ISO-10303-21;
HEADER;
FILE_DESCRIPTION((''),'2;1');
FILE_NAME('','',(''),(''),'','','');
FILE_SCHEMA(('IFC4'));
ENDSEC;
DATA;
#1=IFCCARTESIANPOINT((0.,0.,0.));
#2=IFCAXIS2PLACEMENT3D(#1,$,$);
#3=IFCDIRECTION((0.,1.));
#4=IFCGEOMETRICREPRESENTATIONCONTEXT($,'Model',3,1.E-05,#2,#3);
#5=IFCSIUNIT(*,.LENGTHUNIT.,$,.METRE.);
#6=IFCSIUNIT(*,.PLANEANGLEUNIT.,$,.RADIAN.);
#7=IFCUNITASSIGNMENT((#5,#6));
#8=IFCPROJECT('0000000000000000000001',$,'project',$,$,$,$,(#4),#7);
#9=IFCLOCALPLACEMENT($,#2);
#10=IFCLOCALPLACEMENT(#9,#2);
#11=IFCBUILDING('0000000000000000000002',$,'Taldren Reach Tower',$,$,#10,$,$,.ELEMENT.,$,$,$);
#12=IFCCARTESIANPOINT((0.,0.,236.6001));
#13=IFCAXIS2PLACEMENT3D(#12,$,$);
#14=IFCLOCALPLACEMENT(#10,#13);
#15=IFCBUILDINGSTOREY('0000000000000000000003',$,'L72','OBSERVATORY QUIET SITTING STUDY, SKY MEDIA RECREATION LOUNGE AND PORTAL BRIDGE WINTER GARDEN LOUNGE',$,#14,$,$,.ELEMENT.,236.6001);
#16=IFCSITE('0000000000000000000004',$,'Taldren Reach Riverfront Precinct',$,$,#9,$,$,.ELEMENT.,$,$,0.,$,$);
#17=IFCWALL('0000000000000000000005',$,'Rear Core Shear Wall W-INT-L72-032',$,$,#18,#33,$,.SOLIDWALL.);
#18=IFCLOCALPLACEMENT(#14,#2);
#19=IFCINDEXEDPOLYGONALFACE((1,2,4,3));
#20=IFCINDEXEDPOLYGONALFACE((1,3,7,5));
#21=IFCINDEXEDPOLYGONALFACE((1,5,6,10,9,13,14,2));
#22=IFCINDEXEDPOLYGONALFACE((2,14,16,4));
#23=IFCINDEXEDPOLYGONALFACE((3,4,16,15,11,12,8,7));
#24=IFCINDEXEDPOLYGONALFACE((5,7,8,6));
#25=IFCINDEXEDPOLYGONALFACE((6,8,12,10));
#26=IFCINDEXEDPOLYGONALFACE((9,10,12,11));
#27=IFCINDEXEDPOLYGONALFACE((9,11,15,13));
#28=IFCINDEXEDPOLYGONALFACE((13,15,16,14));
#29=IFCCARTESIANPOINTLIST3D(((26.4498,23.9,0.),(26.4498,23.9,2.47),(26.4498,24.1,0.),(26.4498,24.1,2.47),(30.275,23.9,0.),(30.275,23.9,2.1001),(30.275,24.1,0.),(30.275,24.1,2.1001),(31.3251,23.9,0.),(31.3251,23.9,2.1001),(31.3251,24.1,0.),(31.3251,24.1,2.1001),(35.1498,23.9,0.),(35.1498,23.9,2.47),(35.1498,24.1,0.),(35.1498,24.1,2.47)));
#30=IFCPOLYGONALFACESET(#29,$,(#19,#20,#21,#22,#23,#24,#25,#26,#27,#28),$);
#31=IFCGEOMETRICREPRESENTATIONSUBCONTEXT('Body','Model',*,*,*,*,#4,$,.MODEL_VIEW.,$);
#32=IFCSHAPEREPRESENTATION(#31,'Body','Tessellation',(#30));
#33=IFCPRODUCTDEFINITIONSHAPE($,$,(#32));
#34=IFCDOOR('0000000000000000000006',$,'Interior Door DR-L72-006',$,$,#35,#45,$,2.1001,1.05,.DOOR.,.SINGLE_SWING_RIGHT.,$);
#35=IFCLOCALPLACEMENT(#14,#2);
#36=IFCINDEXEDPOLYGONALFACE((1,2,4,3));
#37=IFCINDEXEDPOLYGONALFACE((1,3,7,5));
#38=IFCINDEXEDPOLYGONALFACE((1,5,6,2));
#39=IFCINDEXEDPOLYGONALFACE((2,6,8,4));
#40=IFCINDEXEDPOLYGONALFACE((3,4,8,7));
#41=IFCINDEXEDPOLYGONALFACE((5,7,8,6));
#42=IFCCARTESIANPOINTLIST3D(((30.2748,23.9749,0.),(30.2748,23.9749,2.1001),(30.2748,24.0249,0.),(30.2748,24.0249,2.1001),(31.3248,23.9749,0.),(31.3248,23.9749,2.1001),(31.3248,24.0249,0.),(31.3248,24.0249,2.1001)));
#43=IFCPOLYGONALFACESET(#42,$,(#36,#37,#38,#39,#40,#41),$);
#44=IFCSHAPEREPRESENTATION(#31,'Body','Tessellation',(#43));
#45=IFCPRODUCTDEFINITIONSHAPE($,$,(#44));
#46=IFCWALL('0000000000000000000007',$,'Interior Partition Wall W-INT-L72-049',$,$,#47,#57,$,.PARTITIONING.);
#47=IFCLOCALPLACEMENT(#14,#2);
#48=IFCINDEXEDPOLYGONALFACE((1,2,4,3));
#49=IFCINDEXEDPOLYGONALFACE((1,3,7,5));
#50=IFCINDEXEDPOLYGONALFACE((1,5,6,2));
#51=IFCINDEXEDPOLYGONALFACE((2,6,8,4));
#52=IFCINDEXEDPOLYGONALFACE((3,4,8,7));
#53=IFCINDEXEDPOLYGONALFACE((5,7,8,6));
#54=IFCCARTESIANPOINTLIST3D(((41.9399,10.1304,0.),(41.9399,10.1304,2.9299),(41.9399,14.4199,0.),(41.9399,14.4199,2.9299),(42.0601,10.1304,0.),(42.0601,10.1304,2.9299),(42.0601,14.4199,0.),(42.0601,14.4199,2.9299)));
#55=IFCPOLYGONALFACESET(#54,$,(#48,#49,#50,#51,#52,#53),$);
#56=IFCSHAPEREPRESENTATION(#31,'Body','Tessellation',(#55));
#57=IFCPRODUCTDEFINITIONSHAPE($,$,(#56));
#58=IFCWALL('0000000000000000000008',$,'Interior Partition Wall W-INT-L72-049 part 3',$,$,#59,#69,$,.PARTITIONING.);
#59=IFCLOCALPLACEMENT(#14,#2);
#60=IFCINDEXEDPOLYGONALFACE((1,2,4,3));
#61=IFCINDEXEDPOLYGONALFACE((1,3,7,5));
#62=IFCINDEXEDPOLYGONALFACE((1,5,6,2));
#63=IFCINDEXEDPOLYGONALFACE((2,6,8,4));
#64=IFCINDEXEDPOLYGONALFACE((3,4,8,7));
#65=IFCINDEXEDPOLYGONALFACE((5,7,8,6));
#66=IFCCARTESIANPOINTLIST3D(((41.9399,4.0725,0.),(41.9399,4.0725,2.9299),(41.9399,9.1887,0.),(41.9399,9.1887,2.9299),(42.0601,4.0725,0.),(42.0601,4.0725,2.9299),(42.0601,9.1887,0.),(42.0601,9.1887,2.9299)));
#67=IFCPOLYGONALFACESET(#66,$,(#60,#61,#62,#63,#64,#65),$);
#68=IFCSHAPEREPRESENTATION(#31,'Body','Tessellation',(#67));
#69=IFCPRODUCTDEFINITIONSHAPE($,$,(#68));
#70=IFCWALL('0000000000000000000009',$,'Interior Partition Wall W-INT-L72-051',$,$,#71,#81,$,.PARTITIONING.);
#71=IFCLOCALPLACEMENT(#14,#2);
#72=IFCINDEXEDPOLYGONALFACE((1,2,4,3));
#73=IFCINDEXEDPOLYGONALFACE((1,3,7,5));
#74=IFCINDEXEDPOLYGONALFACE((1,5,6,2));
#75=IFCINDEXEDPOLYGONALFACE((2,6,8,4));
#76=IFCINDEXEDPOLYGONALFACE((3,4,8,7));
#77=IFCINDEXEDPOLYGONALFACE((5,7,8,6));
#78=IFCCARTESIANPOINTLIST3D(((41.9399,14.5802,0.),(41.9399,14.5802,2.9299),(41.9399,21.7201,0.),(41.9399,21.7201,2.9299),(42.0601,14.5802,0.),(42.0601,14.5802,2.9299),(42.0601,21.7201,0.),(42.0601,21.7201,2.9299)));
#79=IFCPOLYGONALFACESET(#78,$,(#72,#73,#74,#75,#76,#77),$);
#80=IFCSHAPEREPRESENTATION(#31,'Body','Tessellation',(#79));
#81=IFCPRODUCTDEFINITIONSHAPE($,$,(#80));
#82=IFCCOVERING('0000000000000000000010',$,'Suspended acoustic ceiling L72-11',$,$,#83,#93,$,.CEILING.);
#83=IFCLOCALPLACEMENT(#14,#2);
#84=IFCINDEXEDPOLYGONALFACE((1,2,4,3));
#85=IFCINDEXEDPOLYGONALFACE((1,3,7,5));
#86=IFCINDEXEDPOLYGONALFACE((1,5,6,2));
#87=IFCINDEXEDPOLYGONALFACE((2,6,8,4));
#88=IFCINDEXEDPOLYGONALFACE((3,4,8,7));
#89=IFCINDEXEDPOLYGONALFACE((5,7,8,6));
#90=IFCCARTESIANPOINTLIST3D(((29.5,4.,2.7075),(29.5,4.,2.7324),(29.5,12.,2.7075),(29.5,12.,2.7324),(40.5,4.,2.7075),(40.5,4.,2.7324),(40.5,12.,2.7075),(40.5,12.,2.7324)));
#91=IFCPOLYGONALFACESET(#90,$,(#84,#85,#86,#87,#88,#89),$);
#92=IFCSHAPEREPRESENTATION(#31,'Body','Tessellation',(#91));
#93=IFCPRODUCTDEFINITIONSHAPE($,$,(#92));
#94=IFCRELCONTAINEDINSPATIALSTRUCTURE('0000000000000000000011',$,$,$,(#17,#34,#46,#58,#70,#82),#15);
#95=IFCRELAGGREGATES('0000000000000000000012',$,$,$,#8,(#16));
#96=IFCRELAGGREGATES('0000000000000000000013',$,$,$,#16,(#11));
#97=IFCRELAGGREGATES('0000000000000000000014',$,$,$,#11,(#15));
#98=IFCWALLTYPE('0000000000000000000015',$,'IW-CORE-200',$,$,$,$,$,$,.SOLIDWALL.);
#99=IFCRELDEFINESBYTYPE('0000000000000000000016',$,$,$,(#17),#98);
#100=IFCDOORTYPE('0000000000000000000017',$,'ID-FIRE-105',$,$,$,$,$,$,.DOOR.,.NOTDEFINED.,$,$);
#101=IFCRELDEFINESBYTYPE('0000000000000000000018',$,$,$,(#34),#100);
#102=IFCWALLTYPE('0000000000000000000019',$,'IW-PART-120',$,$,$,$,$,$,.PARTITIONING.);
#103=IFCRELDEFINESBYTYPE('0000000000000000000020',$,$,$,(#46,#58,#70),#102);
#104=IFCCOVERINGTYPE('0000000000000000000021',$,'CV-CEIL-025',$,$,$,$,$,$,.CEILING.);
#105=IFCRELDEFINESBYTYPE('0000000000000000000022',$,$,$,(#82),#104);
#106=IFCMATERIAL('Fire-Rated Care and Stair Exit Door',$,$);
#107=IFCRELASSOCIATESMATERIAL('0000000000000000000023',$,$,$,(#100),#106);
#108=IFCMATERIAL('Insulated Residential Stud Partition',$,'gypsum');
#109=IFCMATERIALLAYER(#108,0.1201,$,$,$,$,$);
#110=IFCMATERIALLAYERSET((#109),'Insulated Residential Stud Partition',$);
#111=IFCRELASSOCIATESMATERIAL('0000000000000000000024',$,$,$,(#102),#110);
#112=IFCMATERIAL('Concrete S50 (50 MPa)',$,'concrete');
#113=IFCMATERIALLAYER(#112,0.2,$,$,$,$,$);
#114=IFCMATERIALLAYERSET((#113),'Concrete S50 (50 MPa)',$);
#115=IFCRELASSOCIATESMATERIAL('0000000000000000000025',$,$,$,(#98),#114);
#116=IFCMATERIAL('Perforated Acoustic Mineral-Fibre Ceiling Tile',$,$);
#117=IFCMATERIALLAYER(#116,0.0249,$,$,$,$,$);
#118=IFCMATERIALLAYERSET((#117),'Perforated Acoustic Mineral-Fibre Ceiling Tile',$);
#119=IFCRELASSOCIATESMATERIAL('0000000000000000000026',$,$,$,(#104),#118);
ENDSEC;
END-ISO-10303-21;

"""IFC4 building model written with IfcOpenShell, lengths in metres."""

from ifc_helpers import new_model, si_unit, direction, frame, frame_2d, origin, origin_2d, place, context, subcontext, project, spatial, rectangle, extrude, source, transform, mapped, material, layer, layer_set, type_object, element, fill, save


model = new_model("IFC4")

# Units and contexts
model_context = context("Model", 3, precision=1e-05, world=origin(), true_north=direction((0.0, 1.0)))
body_context = subcontext(model_context, "Body", "Model", "MODEL_VIEW")
ifc_project = project(units=[si_unit("LENGTHUNIT", "METRE"), si_unit("PLANEANGLEUNIT", "RADIAN")], contexts=[model_context])

# Site, building, storey
site_placement = place(None, origin())
site = spatial("IfcSite", under=ifc_project, at=site_placement, Name="Taldren Reach Riverfront Precinct", CompositionType="ELEMENT", RefElevation=0.0)
building_placement = place(site_placement, origin())
building = spatial("IfcBuilding", under=site, at=building_placement, Name="Taldren Reach Tower", CompositionType="ELEMENT")
storey_placement = place(building_placement, frame((0.0, 0.0, 236.6001)))
storey = spatial("IfcBuildingStorey", under=building, at=storey_placement, Name="L72", Description="OBSERVATORY QUIET SITTING STUDY, SKY MEDIA RECREATION LOUNGE AND PORTAL BRIDGE WINTER GARDEN LOUNGE", CompositionType="ELEMENT", Elevation=236.6001)

# Shared definitions
ifc_material_1 = material(Name="Fire-Rated Care and Stair Exit Door")
door_type_1 = type_object("IfcDoorType", Name="ID-FIRE-105", OperationType="NOTDEFINED", PredefinedType="DOOR", material=ifc_material_1)
shared_shape_1 = source(origin(), body_context, "Body", "SweptSolid", [
    extrude(rectangle(XDim=1.05, YDim=2.1001, at=frame_2d((0.5249, 1.05))), frame((0.0, 0.0249, 0.0), z_axis=(0.0, -1.0, 0.0), x_axis=(1.0, 0.0, 0.0)), (0.0, 0.0, 1.0), 0.05),
])

# Shared definitions
ifc_material_2 = material(Name="Insulated Residential Stud Partition", Category="gypsum")
ifc_layer_1 = layer(ifc_material_2, 0.1201)
ifc_layer_set_1 = layer_set([ifc_layer_1], Name="Insulated Residential Stud Partition")
wall_type_1 = type_object("IfcWallType", Name="IW-PART-120", PredefinedType="PARTITIONING", material=ifc_layer_set_1)

# Wall, opening, door
ifc_material_3 = material(Name="Concrete S50 (50 MPa)", Category="concrete")
ifc_layer_2 = layer(ifc_material_3, 0.2)
ifc_layer_set_2 = layer_set([ifc_layer_2], Name="Concrete S50 (50 MPa)")
wall_type_2 = type_object("IfcWallType", Name="IW-CORE-200", PredefinedType="SOLIDWALL", material=ifc_layer_set_2)
shared_shape_2 = source(origin(), body_context, "Body", "SweptSolid", [
    extrude(rectangle(XDim=8.7, YDim=0.2, at=frame_2d((4.3501, 0.0))), origin(), (0.0, 0.0, 1.0), 2.47),
])
wall_1_placement = place(storey_placement, frame((35.1499, 24.0, 0.0), z_axis=(0.0, 0.0, 1.0), x_axis=(-1.0, 0.0, 0.0)))
wall_1 = element("IfcWall", 1, at=wall_1_placement, inside=storey, type_object=wall_type_2, Name="Rear Core Shear Wall W-INT-L72-032", PredefinedType="SOLIDWALL", context=body_context, shape_type="MappedRepresentation", body=[
    mapped(shared_shape_2, transform((0.0, 0.0, 0.0), scale=1.0)),
])
shared_shape_3 = source(origin(), body_context, "Body", "SweptSolid", [
    extrude(rectangle(XDim=1.05, YDim=2.1001, at=frame_2d((0.5249, 1.05))), frame((0.0, 0.1099, 0.0), z_axis=(0.0, -1.0, 0.0), x_axis=(1.0, 0.0, 0.0)), (0.0, 0.0, 1.0), 0.22),
])
opening_1_placement = place(wall_1_placement, frame((3.825, 0.0, 0.0)))
opening_1 = element("IfcOpeningElement", 2, at=opening_1_placement, cuts=wall_1, PredefinedType="OPENING", context=body_context, shape_type="MappedRepresentation", body=[
    mapped(shared_shape_3, transform((0.0, 0.0, 0.0), scale=1.0)),
])
door_1_placement = place(opening_1_placement, frame((1.05, 0.0, 0.0), z_axis=(0.0, 0.0, 1.0), x_axis=(-1.0, 0.0, 0.0)))
door_1 = element("IfcDoor", 3, at=door_1_placement, inside=storey, type_object=door_type_1, Name="Interior Door DR-L72-006", OperationType="SINGLE_SWING_RIGHT", OverallHeight=2.1001, OverallWidth=1.05, PredefinedType="DOOR", context=body_context, shape_type="MappedRepresentation", body=[
    mapped(shared_shape_1, transform((0.0, 0.0, 0.0), scale=1.0)),
])
fill(opening_1, door_1)

# Walls
shared_shape_4 = source(origin(), body_context, "Body", "SweptSolid", [
    extrude(rectangle(XDim=4.2896, YDim=0.1201, at=frame_2d((2.1448, 0.0))), origin(), (0.0, 0.0, 1.0), 2.9299),
])
wall_2_placement = place(storey_placement, frame((42.0, 14.4199, 0.0), z_axis=(0.0, 0.0, 1.0), x_axis=(0.0, -1.0, 0.0)))
element("IfcWall", 4, at=wall_2_placement, inside=storey, type_object=wall_type_1, Name="Interior Partition Wall W-INT-L72-049", PredefinedType="PARTITIONING", context=body_context, shape_type="MappedRepresentation", body=[
    mapped(shared_shape_4, transform((0.0, 0.0, 0.0), scale=1.0)),
])
shared_shape_5 = source(origin(), body_context, "Body", "SweptSolid", [
    extrude(rectangle(XDim=5.1162, YDim=0.1201, at=frame_2d((2.5581, 0.0))), origin(), (0.0, 0.0, 1.0), 2.9299),
])
wall_3_placement = place(storey_placement, frame((42.0, 9.1887, 0.0), z_axis=(0.0, 0.0, 1.0), x_axis=(0.0, -1.0, 0.0)))
element("IfcWall", 5, at=wall_3_placement, inside=storey, type_object=wall_type_1, Name="Interior Partition Wall W-INT-L72-049 part 3", PredefinedType="PARTITIONING", context=body_context, shape_type="MappedRepresentation", body=[
    mapped(shared_shape_5, transform((0.0, 0.0, 0.0), scale=1.0)),
])
shared_shape_6 = source(origin(), body_context, "Body", "SweptSolid", [
    extrude(rectangle(XDim=7.1399, YDim=0.1201, at=frame_2d((3.5698, 0.0))), origin(), (0.0, 0.0, 1.0), 2.9299),
])
wall_4_placement = place(storey_placement, frame((42.0, 21.72, 0.0), z_axis=(0.0, 0.0, 1.0), x_axis=(0.0, -1.0, 0.0)))
element("IfcWall", 6, at=wall_4_placement, inside=storey, type_object=wall_type_1, Name="Interior Partition Wall W-INT-L72-051", PredefinedType="PARTITIONING", context=body_context, shape_type="MappedRepresentation", body=[
    mapped(shared_shape_6, transform((0.0, 0.0, 0.0), scale=1.0)),
])

# Covering
ifc_material_4 = material(Name="Perforated Acoustic Mineral-Fibre Ceiling Tile")
ifc_layer_3 = layer(ifc_material_4, 0.0249)
ifc_layer_set_3 = layer_set([ifc_layer_3], Name="Perforated Acoustic Mineral-Fibre Ceiling Tile")
covering_type = type_object("IfcCoveringType", Name="CV-CEIL-025", PredefinedType="CEILING", material=ifc_layer_set_3)
shared_shape_7 = source(origin(), body_context, "Body", "SweptSolid", [
    extrude(rectangle(XDim=11.0, YDim=8.0, at=origin_2d()), origin(), (0.0, 0.0, 1.0), 0.0249),
])
covering_placement = place(storey_placement, frame((35.0, 8.0, 2.7075), z_axis=(0.0, 0.0, 1.0), x_axis=(1.0, 0.0, 0.0)))
element("IfcCovering", 7, at=covering_placement, inside=storey, type_object=covering_type, Name="Suspended acoustic ceiling L72-11", PredefinedType="CEILING", context=body_context, shape_type="MappedRepresentation", body=[
    mapped(shared_shape_7, transform((0.0, 0.0, 0.0), scale=1.0)),
])

save(model, "model.ifc")
